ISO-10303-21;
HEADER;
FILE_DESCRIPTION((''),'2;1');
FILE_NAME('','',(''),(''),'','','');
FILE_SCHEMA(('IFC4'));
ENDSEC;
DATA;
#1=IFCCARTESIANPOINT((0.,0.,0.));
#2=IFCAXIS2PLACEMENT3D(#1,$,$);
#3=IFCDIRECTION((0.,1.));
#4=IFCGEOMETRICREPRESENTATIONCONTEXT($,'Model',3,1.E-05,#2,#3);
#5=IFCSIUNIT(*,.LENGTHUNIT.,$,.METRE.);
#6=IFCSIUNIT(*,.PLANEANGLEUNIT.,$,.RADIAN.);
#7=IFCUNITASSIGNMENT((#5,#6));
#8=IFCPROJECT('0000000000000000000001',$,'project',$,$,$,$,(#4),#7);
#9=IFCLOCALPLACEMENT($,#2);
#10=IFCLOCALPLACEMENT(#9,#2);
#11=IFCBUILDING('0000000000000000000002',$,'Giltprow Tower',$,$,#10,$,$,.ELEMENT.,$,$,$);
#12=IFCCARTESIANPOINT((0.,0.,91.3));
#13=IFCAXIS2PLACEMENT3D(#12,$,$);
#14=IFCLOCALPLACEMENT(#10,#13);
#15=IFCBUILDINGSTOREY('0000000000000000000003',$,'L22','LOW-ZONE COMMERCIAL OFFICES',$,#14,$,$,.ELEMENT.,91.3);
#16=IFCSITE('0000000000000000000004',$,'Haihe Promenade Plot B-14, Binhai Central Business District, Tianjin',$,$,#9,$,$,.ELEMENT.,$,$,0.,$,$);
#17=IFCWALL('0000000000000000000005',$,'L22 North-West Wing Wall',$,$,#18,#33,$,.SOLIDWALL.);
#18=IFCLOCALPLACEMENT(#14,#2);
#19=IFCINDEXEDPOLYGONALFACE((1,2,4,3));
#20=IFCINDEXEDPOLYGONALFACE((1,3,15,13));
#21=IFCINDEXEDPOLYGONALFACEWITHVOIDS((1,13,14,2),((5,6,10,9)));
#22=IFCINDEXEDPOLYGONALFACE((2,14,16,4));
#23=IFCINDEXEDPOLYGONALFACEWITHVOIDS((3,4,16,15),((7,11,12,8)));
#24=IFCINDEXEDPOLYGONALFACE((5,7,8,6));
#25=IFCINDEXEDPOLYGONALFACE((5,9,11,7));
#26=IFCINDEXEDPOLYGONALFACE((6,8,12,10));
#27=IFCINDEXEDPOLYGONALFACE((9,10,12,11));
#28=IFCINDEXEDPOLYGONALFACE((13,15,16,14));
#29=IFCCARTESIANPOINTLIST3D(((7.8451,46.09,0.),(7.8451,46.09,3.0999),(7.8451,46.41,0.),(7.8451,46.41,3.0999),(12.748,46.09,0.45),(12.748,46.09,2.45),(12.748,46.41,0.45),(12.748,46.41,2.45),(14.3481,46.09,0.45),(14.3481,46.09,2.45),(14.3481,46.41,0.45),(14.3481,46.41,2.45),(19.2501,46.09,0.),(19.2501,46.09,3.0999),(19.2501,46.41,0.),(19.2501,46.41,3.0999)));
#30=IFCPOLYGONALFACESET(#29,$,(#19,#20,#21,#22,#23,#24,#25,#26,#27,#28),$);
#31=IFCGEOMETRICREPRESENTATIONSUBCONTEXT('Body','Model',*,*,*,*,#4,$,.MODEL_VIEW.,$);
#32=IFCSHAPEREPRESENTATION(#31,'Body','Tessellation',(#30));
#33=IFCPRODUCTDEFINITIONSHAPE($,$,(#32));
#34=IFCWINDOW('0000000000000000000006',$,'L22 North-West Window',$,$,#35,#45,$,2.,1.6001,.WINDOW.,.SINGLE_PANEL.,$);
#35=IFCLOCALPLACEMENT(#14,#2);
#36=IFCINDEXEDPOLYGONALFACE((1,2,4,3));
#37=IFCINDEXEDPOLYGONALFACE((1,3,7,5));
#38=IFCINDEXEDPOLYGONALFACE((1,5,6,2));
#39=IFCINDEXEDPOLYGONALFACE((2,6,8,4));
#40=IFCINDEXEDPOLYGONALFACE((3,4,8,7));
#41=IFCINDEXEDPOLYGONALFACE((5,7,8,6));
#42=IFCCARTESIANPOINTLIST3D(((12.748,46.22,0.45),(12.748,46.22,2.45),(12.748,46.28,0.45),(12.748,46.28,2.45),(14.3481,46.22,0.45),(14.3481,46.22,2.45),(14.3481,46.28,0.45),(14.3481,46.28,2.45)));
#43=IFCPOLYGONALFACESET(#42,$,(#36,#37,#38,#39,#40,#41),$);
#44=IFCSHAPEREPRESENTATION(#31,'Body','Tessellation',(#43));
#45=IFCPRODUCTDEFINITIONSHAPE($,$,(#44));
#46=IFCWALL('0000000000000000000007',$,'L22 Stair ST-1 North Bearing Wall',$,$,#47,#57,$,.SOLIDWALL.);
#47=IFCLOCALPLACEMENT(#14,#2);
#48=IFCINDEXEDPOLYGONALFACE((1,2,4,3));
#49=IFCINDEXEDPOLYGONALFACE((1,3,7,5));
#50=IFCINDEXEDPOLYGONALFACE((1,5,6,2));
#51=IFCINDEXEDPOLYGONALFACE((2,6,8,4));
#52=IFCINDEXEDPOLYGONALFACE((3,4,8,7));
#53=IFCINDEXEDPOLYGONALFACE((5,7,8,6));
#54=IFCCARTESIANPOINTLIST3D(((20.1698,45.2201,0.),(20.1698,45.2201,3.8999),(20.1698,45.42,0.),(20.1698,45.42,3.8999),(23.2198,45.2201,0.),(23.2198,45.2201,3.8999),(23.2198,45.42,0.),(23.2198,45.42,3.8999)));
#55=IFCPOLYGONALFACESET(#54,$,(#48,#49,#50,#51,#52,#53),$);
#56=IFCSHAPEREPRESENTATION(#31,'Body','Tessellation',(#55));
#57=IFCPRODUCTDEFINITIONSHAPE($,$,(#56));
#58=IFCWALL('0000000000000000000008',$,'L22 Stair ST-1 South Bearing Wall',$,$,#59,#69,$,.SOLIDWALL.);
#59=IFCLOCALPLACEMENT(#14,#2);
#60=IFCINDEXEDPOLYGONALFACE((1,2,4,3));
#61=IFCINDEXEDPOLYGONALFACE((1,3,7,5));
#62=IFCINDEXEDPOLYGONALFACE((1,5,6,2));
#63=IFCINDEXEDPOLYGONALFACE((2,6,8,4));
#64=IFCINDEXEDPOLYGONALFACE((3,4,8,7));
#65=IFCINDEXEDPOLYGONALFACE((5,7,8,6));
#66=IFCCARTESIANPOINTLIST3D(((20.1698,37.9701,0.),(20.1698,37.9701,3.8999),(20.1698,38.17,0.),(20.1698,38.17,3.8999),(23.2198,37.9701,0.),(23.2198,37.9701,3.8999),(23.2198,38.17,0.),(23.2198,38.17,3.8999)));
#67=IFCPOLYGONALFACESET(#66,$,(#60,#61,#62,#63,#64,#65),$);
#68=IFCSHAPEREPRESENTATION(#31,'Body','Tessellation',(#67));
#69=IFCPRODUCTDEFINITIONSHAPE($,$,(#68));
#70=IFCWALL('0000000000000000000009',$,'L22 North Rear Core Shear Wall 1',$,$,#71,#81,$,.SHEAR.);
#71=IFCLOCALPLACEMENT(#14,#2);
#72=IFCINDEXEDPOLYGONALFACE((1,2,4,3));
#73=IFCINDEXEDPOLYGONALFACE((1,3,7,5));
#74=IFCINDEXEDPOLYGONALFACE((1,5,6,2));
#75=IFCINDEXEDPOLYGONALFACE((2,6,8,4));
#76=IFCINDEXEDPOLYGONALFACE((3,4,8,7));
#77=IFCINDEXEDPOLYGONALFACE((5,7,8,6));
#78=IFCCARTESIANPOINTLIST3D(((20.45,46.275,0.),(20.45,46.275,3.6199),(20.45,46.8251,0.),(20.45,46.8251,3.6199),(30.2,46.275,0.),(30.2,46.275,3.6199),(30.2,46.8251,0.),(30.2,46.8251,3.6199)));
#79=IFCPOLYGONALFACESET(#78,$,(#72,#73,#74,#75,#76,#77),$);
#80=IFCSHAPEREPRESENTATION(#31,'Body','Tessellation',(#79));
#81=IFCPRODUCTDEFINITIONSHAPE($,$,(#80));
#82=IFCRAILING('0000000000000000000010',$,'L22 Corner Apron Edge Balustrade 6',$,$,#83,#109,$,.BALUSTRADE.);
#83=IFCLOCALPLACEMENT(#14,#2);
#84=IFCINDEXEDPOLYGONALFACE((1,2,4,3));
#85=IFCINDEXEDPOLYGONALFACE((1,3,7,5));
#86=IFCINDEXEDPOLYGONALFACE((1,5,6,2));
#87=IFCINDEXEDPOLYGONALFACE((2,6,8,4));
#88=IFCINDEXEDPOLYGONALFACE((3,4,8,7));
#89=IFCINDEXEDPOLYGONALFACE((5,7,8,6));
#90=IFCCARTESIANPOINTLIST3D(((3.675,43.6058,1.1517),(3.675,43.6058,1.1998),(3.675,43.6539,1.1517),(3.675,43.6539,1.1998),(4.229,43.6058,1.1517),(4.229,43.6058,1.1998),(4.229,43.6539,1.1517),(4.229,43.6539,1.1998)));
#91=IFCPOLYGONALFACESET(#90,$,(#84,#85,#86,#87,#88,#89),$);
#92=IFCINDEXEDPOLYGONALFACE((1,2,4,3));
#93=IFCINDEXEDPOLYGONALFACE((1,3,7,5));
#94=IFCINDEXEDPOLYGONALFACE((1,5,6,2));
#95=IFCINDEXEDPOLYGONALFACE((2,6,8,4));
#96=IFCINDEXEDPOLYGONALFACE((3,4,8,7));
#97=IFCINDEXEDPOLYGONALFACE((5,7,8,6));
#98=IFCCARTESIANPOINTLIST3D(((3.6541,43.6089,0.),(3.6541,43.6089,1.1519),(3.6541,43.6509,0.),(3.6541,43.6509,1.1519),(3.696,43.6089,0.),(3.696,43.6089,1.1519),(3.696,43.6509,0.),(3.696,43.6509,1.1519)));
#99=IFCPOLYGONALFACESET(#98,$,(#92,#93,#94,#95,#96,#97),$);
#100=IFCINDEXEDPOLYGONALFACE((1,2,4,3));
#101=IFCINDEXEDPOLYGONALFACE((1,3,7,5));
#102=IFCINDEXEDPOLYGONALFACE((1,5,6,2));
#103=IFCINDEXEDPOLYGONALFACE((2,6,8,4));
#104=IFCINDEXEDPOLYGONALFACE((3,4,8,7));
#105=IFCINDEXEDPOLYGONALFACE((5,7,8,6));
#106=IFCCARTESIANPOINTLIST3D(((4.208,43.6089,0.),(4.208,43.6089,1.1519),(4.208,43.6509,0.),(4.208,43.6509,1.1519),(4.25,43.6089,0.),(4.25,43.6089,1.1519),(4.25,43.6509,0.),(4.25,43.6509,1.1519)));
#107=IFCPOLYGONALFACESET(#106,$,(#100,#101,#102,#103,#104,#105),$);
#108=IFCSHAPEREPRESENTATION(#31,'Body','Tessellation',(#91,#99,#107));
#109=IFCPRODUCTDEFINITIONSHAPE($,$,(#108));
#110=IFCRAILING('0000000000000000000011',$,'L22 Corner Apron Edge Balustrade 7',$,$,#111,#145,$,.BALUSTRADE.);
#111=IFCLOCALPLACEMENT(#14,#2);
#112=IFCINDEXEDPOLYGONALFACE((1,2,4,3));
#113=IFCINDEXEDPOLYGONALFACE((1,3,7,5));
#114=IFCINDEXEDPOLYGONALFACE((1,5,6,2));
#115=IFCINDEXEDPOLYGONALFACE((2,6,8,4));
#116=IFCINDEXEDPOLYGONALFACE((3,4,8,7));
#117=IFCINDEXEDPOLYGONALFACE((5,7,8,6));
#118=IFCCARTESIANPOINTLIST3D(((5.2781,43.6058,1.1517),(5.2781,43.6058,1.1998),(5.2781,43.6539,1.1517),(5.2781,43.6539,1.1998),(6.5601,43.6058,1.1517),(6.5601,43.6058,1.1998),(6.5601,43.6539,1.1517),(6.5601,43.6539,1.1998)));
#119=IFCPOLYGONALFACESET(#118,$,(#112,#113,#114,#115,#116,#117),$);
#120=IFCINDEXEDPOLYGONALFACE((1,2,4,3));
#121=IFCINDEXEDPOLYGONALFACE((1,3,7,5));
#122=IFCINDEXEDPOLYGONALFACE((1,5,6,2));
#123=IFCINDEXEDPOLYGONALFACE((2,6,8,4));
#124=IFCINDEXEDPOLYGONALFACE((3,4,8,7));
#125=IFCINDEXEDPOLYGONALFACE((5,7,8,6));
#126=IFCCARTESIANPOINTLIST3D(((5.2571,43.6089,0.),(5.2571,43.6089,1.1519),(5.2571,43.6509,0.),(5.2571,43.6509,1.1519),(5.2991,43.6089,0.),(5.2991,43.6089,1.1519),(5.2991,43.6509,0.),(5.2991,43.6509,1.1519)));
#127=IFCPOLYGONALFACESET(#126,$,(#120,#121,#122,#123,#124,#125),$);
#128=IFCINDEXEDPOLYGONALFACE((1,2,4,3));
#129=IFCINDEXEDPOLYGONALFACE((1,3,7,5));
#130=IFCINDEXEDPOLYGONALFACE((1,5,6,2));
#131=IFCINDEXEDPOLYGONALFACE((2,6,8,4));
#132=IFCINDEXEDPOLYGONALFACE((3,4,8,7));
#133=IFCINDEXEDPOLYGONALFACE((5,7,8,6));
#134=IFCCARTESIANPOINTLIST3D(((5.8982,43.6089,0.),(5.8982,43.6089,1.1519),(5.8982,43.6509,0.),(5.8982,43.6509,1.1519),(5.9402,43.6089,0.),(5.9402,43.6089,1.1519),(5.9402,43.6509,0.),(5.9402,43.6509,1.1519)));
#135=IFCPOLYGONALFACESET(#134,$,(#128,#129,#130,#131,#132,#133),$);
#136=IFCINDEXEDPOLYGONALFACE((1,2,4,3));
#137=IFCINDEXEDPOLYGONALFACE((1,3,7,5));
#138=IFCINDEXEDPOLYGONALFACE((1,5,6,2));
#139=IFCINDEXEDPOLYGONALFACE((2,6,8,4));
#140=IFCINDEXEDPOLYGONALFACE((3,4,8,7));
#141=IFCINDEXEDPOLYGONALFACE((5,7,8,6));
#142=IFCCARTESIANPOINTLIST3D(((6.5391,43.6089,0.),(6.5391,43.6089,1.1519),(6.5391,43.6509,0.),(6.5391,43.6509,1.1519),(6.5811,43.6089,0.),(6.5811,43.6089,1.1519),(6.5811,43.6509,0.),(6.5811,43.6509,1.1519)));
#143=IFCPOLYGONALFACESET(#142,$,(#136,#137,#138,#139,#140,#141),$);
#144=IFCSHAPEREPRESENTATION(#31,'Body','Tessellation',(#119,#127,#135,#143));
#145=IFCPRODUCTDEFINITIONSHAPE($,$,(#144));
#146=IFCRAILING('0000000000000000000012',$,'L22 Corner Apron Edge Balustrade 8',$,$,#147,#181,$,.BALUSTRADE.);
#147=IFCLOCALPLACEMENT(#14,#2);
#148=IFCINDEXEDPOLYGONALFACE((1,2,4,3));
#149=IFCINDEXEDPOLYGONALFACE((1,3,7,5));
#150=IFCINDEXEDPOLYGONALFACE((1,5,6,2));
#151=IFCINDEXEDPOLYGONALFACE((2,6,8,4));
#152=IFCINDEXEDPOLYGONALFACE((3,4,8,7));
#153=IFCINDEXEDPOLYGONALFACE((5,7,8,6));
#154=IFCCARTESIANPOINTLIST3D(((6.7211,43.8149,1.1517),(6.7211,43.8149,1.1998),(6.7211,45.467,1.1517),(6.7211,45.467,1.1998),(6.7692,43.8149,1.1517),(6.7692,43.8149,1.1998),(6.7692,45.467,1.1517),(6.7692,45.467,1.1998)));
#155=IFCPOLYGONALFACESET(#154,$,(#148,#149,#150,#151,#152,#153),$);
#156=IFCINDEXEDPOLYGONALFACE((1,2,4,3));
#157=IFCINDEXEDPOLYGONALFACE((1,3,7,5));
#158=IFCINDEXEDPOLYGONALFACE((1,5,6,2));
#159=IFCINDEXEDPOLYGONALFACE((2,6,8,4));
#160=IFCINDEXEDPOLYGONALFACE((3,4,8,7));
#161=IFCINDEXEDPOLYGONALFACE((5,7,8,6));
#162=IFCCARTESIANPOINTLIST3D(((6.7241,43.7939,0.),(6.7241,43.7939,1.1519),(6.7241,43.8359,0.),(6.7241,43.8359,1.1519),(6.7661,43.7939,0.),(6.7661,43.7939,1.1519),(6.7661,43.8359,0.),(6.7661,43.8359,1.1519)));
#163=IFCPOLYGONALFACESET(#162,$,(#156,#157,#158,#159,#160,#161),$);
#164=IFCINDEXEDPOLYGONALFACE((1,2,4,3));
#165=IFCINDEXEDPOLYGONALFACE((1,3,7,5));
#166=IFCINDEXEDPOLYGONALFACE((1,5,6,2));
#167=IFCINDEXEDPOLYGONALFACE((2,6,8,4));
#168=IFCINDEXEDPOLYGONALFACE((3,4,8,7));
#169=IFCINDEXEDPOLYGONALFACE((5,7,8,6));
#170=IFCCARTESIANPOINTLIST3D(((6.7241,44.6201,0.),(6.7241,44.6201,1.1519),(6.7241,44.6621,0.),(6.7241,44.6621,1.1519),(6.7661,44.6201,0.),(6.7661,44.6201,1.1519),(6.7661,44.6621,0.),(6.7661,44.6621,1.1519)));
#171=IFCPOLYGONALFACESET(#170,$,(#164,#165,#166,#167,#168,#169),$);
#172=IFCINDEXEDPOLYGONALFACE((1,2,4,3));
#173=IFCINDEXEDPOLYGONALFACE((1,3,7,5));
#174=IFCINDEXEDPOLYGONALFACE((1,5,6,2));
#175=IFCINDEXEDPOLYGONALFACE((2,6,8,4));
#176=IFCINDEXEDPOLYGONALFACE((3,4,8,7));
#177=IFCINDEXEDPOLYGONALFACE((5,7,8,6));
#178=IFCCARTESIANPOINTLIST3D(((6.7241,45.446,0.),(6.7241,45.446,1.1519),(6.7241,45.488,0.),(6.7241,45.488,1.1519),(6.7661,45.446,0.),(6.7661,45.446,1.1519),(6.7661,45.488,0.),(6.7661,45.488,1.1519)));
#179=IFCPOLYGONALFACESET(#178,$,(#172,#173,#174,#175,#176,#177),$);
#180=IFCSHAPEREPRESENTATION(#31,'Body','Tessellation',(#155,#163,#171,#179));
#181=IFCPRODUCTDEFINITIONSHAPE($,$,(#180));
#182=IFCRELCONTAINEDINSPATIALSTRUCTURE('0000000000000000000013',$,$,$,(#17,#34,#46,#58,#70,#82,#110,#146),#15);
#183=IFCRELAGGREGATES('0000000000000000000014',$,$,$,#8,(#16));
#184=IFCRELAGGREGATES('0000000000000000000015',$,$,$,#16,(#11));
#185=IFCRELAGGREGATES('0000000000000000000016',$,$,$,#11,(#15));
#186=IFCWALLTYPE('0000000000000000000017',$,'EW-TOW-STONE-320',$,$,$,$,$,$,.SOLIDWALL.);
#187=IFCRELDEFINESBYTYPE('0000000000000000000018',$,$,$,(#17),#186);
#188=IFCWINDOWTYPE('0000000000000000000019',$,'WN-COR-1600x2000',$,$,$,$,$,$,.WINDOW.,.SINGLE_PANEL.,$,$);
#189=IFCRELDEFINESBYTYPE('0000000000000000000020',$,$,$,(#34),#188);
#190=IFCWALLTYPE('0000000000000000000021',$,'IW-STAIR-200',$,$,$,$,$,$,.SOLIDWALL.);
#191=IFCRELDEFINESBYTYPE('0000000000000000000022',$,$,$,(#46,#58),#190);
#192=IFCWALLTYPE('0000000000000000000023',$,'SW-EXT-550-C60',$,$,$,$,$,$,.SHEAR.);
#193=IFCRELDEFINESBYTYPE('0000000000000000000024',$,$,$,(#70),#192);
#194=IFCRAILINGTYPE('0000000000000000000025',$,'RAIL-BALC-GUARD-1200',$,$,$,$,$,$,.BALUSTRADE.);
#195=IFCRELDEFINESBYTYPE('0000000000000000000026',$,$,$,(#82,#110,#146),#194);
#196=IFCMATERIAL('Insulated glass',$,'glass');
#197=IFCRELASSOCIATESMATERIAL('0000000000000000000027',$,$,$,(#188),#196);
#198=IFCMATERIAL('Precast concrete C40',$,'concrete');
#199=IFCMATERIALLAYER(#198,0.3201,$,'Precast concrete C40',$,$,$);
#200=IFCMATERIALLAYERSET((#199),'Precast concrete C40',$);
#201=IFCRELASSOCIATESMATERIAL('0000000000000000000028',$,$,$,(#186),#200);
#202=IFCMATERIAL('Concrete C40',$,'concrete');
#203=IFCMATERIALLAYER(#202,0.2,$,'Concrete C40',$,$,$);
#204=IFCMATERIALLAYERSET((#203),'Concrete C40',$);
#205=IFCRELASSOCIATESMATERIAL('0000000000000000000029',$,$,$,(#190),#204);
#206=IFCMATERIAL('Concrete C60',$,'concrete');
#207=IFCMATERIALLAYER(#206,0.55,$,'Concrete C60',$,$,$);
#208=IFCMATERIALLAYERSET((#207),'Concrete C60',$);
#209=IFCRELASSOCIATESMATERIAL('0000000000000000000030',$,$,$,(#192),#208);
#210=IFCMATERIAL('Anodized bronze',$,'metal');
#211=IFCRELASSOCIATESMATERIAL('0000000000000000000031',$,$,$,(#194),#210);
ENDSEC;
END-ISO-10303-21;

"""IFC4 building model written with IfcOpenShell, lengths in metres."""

from ifc_helpers import new_model, si_unit, direction, frame, frame_2d, origin, origin_2d, place, context, subcontext, project, spatial, rectangle, extrude, source, transform, mapped, material, layer, layer_set, type_object, element, fill, save


model = new_model("IFC4")

# Units and contexts
model_context = context("Model", 3, precision=1e-05, world=origin(), true_north=direction((0.0, 1.0)))
body_context = subcontext(model_context, "Body", "Model", "MODEL_VIEW")
ifc_project = project(units=[si_unit("LENGTHUNIT", "METRE"), si_unit("PLANEANGLEUNIT", "RADIAN")], contexts=[model_context])

# Site, building, storey
site_placement = place(None, origin())
site = spatial("IfcSite", under=ifc_project, at=site_placement, Name="Haihe Promenade Plot B-14, Binhai Central Business District, Tianjin", CompositionType="ELEMENT", RefElevation=0.0)
building_placement = place(site_placement, origin())
building = spatial("IfcBuilding", under=site, at=building_placement, Name="Giltprow Tower", CompositionType="ELEMENT")
storey_placement = place(building_placement, frame((0.0, 0.0, 91.3)))
storey = spatial("IfcBuildingStorey", under=building, at=storey_placement, Name="L22", Description="LOW-ZONE COMMERCIAL OFFICES", CompositionType="ELEMENT", Elevation=91.3)

# Shared definitions
ifc_material_1 = material(Name="Concrete C60", Category="concrete")

# Wall, opening, window
ifc_material_2 = material(Name="Precast concrete C40", Category="concrete")
ifc_material_3 = material(Name="Insulated glass", Category="glass")
window_type = type_object("IfcWindowType", Name="WN-COR-1600x2000", PartitioningType="SINGLE_PANEL", PredefinedType="WINDOW", material=ifc_material_3)
shared_shape_1 = source(origin(), body_context, "Body", "SweptSolid", [
    extrude(rectangle(XDim=1.6001, YDim=2.0, at=frame_2d((0.8, 1.0))), frame((0.0, 0.03, 0.0), z_axis=(0.0, -1.0, 0.0), x_axis=(1.0, 0.0, 0.0)), (0.0, 0.0, 1.0), 0.0601),
])
ifc_layer_1 = layer(ifc_material_2, 0.3201, Name="Precast concrete C40")
ifc_layer_set_1 = layer_set([ifc_layer_1], Name="Precast concrete C40")
wall_type_1 = type_object("IfcWallType", Name="EW-TOW-STONE-320", PredefinedType="SOLIDWALL", material=ifc_layer_set_1)
wall_1_placement = place(storey_placement, frame((7.845, 46.25, 0.0), z_axis=(0.0, 0.0, 1.0), x_axis=(1.0, 0.0, 0.0)))
wall_1 = element("IfcWall", 1, at=wall_1_placement, inside=storey, type_object=wall_type_1, Name="L22 North-West Wing Wall", PredefinedType="SOLIDWALL", context=body_context, shape_type="SweptSolid", body=[
    extrude(rectangle(XDim=11.405, YDim=0.3201, at=frame_2d((5.7026, 0.0))), origin(), (0.0, 0.0, 1.0), 3.0999),
])
opening_1_placement = place(wall_1_placement, frame((4.9031, 0.0, 0.45)))
opening_1 = element("IfcOpeningElement", 2, at=opening_1_placement, cuts=wall_1, PredefinedType="OPENING", context=body_context, shape_type="SweptSolid", body=[
    extrude(rectangle(XDim=1.6001, YDim=2.0, at=frame_2d((0.8, 1.0))), frame((0.0, 0.1699, 0.0), z_axis=(0.0, -1.0, 0.0), x_axis=(1.0, 0.0, 0.0)), (0.0, 0.0, 1.0), 0.3401),
])
window_1_placement = place(opening_1_placement, origin())
window_1 = element("IfcWindow", 3, at=window_1_placement, inside=storey, type_object=window_type, Name="L22 North-West Window", OverallHeight=2.0, OverallWidth=1.6001, PartitioningType="SINGLE_PANEL", PredefinedType="WINDOW", context=body_context, shape_type="MappedRepresentation", body=[
    mapped(shared_shape_1, transform((0.0, 0.0, 0.0), x_axis=(1.0, 0.0, 0.0), y_axis=(0.0, 1.0, 0.0), z_axis=(0.0, 0.0, 1.0), scale=1.0)),
])
fill(opening_1, window_1)

# Walls
ifc_material_4 = material(Name="Concrete C40", Category="concrete")
ifc_layer_2 = layer(ifc_material_4, 0.2, Name="Concrete C40")
ifc_layer_set_2 = layer_set([ifc_layer_2], Name="Concrete C40")
wall_type_2 = type_object("IfcWallType", Name="IW-STAIR-200", PredefinedType="SOLIDWALL", material=ifc_layer_set_2)
for number, where, z_axis, x_axis, name in (
    (4, (20.1699, 45.3201, 0.0), (0.0, 0.0, 1.0), (1.0, 0.0, 0.0), "L22 Stair ST-1 North Bearing Wall"),
    (5, (20.1699, 38.0701, 0.0), (0.0, 0.0, 1.0), (1.0, 0.0, 0.0), "L22 Stair ST-1 South Bearing Wall"),
):
    element("IfcWall", number, at=place(storey_placement, frame(where, z_axis=z_axis, x_axis=x_axis)), inside=storey, type_object=wall_type_2, Name=name, PredefinedType="SOLIDWALL", context=body_context, shape_type="SweptSolid", body=[
        extrude(rectangle(XDim=3.05, YDim=0.2, at=frame_2d((1.5249, 0.0))), origin(), (0.0, 0.0, 1.0), 3.8999),
    ])
ifc_layer_3 = layer(ifc_material_1, 0.55, Name="Concrete C60")
ifc_layer_set_3 = layer_set([ifc_layer_3], Name="Concrete C60")
wall_type_3 = type_object("IfcWallType", Name="SW-EXT-550-C60", PredefinedType="SHEAR", material=ifc_layer_set_3)
wall_2_placement = place(storey_placement, frame((20.45, 46.55, 0.0), z_axis=(0.0, 0.0, 1.0), x_axis=(1.0, 0.0, 0.0)))
element("IfcWall", 6, at=wall_2_placement, inside=storey, type_object=wall_type_3, Name="L22 North Rear Core Shear Wall 1", PredefinedType="SHEAR", context=body_context, shape_type="SweptSolid", body=[
    extrude(rectangle(XDim=9.75, YDim=0.55, at=frame_2d((4.875, 0.0))), origin(), (0.0, 0.0, 1.0), 3.6199),
])

# Railings
ifc_material_5 = material(Name="Anodized bronze", Category="metal")
railing_type_1 = type_object("IfcRailingType", Name="RAIL-BALC-GUARD-1200", PredefinedType="BALUSTRADE", material=ifc_material_5)
railing_1_placement = place(storey_placement, frame((3.675, 43.6299, 0.0)))
element("IfcRailing", 7, at=railing_1_placement, inside=storey, type_object=railing_type_1, Name="L22 Corner Apron Edge Balustrade 6", PredefinedType="BALUSTRADE", context=body_context, shape_type="SweptSolid", body=[
    extrude(rectangle(XDim=0.0481, YDim=0.0481, at=origin_2d()), frame((0.0, 0.0, 1.1758), z_axis=(1.0, 0.0, 0.0), x_axis=(0.0, 1.0, 0.0)), (0.0, 0.0, 1.0), 0.554),
    extrude(rectangle(XDim=0.042, YDim=0.042, at=origin_2d()), origin(), (0.0, 0.0, 1.0), 1.1519),
    extrude(rectangle(XDim=0.042, YDim=0.042, at=origin_2d()), frame((0.554, 0.0, 0.0)), (0.0, 0.0, 1.0), 1.1519),
])
railing_2_placement = place(storey_placement, frame((5.2781, 43.6299, 0.0)))
element("IfcRailing", 8, at=railing_2_placement, inside=storey, type_object=railing_type_1, Name="L22 Corner Apron Edge Balustrade 7", PredefinedType="BALUSTRADE", context=body_context, shape_type="SweptSolid", body=[
    extrude(rectangle(XDim=0.0481, YDim=0.0481, at=origin_2d()), frame((0.0, 0.0, 1.1758), z_axis=(1.0, 0.0, 0.0), x_axis=(0.0, 1.0, 0.0)), (0.0, 0.0, 1.0), 1.282),
    extrude(rectangle(XDim=0.042, YDim=0.042, at=origin_2d()), origin(), (0.0, 0.0, 1.0), 1.1519),
    extrude(rectangle(XDim=0.042, YDim=0.042, at=origin_2d()), frame((0.6411, 0.0, 0.0)), (0.0, 0.0, 1.0), 1.1519),
    extrude(rectangle(XDim=0.042, YDim=0.042, at=origin_2d()), frame((1.282, 0.0, 0.0)), (0.0, 0.0, 1.0), 1.1519),
])
railing_3_placement = place(storey_placement, frame((6.7451, 43.8149, 0.0)))
element("IfcRailing", 9, at=railing_3_placement, inside=storey, type_object=railing_type_1, Name="L22 Corner Apron Edge Balustrade 8", PredefinedType="BALUSTRADE", context=body_context, shape_type="SweptSolid", body=[
    extrude(rectangle(XDim=0.0481, YDim=0.0481, at=origin_2d()), frame((0.0, 0.0, 1.1758), z_axis=(0.0, 1.0, 0.0), x_axis=(-1.0, 0.0, 0.0)), (0.0, 0.0, 1.0), 1.6521),
    extrude(rectangle(XDim=0.042, YDim=0.042, at=origin_2d()), origin(), (0.0, 0.0, 1.0), 1.1519),
    extrude(rectangle(XDim=0.042, YDim=0.042, at=origin_2d()), frame((0.0, 0.8262, 0.0)), (0.0, 0.0, 1.0), 1.1519),
    extrude(rectangle(XDim=0.042, YDim=0.042, at=origin_2d()), frame((0.0, 1.6521, 0.0)), (0.0, 0.0, 1.0), 1.1519),
])

save(model, "model.ifc")
